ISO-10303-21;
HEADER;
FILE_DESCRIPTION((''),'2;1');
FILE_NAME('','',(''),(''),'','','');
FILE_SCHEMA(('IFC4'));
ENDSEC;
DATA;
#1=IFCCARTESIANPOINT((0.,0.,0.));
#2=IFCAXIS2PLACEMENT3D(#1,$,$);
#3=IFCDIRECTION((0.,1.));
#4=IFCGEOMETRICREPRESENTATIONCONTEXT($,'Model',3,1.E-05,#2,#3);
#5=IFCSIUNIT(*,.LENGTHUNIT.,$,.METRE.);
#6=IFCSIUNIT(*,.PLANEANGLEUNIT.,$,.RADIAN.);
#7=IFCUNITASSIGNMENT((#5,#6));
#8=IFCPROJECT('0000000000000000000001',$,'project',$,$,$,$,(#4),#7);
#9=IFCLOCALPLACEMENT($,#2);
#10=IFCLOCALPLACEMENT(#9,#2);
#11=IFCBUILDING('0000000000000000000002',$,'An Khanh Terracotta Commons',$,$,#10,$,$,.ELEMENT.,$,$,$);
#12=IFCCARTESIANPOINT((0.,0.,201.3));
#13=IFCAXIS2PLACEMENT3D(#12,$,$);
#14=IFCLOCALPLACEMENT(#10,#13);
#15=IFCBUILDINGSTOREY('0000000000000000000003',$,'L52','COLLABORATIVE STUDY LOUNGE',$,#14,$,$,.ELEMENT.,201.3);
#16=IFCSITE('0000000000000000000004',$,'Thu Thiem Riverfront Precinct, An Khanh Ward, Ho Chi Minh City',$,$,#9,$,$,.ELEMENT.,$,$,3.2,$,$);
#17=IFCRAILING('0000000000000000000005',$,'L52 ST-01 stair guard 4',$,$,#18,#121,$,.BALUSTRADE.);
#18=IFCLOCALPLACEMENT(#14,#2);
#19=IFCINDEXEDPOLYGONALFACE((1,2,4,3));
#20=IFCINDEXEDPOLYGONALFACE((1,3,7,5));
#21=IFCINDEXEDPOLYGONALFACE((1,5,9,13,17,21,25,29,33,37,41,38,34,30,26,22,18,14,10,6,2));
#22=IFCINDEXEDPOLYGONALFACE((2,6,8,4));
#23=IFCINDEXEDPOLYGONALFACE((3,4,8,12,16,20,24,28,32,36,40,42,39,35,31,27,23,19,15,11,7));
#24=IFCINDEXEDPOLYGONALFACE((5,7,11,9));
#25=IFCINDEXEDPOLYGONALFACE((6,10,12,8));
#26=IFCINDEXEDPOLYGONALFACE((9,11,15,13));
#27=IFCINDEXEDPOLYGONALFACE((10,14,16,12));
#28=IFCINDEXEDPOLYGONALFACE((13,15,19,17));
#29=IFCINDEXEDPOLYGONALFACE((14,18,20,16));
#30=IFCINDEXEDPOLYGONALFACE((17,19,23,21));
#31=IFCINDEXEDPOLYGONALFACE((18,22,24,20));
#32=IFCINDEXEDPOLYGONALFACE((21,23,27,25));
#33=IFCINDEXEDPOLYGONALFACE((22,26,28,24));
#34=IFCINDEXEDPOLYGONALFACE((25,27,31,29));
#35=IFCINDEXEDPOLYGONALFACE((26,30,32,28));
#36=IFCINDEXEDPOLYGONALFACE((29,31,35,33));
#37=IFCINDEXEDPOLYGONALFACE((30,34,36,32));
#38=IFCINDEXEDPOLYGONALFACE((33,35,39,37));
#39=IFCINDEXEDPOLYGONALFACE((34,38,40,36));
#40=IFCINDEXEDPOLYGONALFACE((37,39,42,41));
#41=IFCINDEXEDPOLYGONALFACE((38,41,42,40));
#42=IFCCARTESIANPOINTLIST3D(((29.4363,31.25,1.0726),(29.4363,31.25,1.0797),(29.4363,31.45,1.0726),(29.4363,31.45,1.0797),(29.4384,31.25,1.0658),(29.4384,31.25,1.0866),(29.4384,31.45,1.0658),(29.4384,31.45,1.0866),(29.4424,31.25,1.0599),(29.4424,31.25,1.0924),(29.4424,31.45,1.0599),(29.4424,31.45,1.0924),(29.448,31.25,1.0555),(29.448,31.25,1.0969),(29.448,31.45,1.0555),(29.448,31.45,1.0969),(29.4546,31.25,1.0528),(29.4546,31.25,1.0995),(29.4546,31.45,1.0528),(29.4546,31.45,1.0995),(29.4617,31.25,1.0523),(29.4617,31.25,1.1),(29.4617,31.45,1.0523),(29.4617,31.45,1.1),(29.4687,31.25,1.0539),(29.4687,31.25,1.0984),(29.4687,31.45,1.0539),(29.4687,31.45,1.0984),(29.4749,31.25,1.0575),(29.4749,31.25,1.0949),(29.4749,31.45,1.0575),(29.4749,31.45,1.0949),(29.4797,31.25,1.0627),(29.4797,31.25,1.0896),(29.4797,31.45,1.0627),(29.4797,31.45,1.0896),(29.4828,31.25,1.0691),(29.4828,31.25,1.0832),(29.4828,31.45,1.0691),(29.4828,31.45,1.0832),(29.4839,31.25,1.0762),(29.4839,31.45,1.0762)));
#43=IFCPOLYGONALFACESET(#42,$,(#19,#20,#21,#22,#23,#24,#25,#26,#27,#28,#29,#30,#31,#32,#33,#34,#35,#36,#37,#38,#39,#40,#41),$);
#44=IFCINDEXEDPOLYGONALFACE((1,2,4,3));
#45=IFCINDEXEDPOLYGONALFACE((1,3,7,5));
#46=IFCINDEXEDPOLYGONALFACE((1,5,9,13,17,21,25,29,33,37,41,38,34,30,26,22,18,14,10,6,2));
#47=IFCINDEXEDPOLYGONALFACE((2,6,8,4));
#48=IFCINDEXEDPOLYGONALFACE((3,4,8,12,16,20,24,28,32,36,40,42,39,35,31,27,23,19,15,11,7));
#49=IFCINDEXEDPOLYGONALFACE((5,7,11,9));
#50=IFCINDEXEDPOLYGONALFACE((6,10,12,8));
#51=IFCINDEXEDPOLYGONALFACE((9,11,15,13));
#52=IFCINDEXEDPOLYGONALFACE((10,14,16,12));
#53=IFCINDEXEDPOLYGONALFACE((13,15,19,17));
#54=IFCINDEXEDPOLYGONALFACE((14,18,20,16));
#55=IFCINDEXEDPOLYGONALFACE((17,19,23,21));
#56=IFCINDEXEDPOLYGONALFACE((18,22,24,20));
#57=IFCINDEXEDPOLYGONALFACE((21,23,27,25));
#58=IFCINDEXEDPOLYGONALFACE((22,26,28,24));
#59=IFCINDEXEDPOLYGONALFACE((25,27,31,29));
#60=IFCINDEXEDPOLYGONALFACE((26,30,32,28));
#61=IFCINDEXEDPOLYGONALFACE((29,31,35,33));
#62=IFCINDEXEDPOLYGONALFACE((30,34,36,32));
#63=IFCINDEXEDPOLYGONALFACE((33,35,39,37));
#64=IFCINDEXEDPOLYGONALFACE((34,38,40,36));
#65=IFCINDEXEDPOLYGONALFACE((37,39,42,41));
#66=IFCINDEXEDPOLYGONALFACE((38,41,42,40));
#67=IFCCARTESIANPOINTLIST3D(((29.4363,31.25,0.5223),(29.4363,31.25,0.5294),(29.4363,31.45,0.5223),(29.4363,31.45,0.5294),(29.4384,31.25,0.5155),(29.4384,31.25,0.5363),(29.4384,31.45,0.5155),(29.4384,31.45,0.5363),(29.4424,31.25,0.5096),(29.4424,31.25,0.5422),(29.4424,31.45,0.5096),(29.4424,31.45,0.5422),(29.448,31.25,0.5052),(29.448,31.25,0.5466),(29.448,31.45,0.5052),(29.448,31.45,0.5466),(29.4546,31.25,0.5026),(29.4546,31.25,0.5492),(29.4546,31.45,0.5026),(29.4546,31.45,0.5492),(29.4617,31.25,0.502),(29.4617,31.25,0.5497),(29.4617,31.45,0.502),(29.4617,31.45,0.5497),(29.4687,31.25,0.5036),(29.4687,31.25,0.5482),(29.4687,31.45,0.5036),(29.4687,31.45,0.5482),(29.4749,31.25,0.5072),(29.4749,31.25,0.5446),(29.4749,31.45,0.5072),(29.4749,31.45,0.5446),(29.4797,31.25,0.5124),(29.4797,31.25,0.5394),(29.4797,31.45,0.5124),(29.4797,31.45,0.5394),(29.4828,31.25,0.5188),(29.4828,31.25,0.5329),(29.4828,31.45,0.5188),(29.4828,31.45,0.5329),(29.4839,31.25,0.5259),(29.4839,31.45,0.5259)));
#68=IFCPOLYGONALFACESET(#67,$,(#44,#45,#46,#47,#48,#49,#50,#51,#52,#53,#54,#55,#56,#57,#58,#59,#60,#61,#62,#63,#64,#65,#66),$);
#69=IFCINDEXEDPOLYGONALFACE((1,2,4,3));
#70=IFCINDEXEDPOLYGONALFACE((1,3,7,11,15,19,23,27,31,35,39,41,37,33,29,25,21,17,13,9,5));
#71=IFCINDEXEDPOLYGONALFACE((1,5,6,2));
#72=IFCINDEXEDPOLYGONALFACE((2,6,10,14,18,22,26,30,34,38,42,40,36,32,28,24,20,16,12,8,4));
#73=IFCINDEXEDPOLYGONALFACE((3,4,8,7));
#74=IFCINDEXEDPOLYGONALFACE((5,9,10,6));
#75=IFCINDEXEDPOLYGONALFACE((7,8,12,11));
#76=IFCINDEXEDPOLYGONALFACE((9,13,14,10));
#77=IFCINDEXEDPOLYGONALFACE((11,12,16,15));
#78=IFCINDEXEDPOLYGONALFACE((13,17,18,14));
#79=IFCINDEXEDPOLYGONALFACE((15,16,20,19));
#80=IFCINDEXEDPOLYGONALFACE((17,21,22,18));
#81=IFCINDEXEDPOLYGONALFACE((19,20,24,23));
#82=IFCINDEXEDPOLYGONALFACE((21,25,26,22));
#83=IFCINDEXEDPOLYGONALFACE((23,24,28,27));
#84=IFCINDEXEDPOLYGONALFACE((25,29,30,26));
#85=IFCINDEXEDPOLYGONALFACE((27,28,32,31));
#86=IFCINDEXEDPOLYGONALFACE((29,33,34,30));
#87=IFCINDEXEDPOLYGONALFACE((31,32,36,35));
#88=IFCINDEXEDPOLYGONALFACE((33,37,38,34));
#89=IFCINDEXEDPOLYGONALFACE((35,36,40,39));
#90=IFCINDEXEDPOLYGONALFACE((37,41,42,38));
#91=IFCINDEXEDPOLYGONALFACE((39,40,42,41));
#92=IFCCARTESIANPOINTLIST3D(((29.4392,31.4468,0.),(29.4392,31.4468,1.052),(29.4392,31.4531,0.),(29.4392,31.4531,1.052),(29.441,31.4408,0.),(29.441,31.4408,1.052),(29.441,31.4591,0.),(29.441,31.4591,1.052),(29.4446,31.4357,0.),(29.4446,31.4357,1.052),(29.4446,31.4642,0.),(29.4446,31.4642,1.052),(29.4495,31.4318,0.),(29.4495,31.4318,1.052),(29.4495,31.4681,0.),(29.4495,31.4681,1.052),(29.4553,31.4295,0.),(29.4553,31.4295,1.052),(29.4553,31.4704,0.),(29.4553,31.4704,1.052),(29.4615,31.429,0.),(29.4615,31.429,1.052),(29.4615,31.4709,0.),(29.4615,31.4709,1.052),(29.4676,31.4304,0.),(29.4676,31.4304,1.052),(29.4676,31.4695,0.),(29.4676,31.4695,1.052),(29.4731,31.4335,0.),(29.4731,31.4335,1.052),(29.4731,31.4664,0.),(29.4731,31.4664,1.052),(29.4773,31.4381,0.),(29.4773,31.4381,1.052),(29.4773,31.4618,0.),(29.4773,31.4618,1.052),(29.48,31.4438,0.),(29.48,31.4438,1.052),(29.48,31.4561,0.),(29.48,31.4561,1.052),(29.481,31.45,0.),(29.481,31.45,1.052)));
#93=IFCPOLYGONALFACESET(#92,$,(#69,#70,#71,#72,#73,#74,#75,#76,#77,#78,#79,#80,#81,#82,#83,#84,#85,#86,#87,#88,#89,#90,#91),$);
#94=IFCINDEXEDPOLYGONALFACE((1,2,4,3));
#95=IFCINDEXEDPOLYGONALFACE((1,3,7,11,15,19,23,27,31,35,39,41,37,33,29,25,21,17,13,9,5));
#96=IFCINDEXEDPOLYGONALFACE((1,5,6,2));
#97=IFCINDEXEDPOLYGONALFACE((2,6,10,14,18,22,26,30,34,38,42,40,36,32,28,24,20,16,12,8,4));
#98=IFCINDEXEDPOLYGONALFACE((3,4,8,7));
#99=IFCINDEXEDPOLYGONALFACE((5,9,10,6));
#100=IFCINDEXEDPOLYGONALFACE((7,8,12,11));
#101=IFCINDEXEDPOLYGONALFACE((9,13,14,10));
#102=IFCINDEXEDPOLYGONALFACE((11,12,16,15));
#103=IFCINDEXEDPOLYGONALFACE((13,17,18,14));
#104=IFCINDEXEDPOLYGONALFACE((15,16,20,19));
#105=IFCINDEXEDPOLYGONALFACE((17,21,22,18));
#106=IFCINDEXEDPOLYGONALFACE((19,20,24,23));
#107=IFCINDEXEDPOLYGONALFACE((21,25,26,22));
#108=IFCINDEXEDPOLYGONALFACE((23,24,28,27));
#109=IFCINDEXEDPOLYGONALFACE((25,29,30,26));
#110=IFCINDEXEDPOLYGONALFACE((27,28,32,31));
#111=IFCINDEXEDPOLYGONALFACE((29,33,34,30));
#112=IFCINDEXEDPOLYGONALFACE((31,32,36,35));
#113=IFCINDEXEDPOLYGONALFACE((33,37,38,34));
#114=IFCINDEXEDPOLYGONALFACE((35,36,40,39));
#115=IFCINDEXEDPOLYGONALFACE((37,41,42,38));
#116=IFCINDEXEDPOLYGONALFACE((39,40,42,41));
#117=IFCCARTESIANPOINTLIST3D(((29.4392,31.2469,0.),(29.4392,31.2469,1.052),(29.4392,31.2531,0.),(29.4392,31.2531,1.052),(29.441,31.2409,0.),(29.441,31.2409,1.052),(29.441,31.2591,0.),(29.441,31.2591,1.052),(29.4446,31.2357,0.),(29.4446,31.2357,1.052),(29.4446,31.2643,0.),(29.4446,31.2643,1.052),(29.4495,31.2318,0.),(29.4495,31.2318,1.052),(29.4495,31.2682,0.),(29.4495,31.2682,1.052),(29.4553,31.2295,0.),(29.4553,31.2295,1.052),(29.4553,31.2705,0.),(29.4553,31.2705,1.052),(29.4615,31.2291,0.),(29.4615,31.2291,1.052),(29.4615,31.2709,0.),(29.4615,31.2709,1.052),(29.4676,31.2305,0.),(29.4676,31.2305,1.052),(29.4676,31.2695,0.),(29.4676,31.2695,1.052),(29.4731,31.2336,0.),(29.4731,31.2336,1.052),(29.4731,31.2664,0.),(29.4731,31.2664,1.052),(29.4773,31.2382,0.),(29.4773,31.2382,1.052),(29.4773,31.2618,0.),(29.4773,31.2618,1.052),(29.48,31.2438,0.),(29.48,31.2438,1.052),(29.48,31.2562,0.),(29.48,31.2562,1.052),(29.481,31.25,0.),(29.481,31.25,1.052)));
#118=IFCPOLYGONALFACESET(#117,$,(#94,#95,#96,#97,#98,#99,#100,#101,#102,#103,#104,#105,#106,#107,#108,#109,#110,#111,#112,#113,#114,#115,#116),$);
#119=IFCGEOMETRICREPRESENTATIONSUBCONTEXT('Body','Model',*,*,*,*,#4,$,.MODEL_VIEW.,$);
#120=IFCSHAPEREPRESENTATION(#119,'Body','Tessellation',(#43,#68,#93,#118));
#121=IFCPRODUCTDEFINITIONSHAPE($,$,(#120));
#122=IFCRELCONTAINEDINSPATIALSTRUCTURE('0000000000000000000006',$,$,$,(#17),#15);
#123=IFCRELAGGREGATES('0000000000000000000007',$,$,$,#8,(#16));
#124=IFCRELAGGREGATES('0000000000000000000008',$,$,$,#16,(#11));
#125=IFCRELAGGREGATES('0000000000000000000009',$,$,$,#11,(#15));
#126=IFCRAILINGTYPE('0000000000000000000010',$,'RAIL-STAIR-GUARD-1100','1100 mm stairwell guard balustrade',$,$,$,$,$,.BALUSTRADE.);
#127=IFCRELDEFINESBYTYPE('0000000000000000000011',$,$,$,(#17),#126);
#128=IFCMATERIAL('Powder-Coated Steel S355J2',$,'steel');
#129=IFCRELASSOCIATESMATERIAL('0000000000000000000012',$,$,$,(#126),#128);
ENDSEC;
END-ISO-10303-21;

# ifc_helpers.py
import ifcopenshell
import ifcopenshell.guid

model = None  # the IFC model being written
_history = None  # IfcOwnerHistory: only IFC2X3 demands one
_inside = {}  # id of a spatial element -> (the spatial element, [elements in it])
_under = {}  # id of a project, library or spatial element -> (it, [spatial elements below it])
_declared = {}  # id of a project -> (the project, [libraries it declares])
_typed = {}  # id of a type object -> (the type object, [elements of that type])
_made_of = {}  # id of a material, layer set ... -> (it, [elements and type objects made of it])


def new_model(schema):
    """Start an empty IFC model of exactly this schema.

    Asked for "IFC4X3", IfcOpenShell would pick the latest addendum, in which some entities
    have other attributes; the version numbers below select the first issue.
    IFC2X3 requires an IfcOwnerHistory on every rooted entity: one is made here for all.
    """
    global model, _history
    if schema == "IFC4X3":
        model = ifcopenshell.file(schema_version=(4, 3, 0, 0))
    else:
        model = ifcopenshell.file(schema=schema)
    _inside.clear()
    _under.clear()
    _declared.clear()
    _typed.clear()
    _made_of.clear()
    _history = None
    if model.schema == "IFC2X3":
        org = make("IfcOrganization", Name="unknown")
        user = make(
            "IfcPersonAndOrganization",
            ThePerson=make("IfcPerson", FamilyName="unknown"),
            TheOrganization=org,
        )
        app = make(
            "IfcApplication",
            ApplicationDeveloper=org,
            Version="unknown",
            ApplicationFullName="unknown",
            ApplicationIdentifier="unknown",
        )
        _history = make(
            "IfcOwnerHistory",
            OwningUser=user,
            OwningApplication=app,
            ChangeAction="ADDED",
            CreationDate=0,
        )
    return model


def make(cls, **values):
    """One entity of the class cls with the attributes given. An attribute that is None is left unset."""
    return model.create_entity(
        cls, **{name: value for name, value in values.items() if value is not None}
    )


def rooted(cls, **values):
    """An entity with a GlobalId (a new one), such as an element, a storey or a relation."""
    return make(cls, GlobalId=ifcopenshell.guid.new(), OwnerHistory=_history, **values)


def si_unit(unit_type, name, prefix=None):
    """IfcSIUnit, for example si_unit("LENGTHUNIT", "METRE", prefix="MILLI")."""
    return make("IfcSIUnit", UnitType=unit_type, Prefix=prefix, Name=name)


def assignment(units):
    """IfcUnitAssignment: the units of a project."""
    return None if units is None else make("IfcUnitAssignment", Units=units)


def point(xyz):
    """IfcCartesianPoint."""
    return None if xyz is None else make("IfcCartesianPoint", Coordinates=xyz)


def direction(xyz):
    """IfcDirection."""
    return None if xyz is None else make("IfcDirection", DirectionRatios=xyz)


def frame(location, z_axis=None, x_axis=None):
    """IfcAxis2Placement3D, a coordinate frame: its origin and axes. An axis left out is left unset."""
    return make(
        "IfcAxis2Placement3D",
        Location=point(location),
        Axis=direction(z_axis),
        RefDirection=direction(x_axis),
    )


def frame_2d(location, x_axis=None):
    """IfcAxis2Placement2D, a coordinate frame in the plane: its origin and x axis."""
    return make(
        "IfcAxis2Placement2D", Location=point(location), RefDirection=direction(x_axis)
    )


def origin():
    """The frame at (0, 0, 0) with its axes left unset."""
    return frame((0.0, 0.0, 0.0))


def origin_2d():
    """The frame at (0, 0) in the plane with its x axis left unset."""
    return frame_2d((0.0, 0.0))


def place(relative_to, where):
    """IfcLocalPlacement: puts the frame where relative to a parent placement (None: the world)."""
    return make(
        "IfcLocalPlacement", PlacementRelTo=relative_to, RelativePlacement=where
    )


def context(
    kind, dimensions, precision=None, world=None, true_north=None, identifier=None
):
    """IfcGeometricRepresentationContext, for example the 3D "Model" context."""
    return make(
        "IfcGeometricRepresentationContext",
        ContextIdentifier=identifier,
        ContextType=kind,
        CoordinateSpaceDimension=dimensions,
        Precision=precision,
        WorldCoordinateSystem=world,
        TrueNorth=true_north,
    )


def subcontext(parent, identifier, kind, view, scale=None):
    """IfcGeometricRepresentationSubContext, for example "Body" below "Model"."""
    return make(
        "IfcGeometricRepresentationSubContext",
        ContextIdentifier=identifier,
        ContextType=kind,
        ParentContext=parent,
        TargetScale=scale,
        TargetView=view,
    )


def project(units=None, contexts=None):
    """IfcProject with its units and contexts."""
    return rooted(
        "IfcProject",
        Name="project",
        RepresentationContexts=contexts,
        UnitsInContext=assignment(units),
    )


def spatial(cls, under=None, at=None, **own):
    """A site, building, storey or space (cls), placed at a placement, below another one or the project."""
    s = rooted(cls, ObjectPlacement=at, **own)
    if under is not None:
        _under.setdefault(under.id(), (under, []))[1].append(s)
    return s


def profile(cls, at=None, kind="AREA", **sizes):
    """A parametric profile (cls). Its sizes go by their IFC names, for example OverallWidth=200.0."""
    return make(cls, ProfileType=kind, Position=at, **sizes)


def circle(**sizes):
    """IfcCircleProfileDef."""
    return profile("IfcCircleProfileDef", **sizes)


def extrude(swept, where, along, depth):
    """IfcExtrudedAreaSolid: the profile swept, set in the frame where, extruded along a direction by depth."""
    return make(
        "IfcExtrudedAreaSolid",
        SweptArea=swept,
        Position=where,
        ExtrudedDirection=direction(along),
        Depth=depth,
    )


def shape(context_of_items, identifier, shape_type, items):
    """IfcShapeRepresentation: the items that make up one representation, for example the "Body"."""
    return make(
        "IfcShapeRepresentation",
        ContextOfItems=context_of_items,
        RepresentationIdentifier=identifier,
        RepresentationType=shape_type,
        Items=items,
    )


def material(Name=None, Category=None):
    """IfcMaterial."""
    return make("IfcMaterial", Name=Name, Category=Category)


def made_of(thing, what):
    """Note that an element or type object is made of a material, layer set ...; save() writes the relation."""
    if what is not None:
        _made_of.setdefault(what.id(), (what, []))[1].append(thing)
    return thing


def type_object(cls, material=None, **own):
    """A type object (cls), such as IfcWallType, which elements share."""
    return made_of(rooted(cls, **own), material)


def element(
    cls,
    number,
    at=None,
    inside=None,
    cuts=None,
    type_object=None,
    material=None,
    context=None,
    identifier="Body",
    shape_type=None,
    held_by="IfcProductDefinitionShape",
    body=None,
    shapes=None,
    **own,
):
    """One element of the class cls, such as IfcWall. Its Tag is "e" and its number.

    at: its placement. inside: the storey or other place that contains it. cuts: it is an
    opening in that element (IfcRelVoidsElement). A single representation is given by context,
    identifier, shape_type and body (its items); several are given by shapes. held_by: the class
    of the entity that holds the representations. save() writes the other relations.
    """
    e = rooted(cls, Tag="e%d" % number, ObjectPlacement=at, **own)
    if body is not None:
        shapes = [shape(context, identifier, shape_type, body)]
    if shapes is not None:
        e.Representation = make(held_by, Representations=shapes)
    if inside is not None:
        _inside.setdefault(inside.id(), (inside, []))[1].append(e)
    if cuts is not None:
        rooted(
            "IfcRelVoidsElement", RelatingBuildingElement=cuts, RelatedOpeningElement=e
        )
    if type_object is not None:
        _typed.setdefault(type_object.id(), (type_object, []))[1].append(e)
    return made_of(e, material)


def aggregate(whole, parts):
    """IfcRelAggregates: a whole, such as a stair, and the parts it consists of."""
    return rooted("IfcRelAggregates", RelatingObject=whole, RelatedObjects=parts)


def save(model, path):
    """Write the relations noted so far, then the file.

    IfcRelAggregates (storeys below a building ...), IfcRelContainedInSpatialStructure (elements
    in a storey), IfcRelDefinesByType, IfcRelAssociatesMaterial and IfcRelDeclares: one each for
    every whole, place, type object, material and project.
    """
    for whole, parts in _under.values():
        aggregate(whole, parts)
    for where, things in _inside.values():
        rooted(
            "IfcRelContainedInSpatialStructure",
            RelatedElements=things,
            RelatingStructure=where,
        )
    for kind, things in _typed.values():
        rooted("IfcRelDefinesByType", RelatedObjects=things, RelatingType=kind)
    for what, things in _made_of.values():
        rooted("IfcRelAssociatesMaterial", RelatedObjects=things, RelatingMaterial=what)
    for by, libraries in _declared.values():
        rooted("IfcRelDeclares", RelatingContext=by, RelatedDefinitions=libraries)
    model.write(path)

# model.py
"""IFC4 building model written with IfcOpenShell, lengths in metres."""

from ifc_helpers import new_model, si_unit, direction, frame, origin, origin_2d, place, context, subcontext, project, spatial, circle, extrude, material, type_object, element, save


model = new_model("IFC4")

# Units and contexts
model_context = context("Model", 3, precision=1e-05, world=origin(), true_north=direction((0.0, 1.0)))
body_context = subcontext(model_context, "Body", "Model", "MODEL_VIEW")
ifc_project = project(units=[si_unit("LENGTHUNIT", "METRE"), si_unit("PLANEANGLEUNIT", "RADIAN")], contexts=[model_context])

# Site, building, storey
site_placement = place(None, origin())
site = spatial("IfcSite", under=ifc_project, at=site_placement, Name="Thu Thiem Riverfront Precinct, An Khanh Ward, Ho Chi Minh City", CompositionType="ELEMENT", RefElevation=3.2)
building_placement = place(site_placement, origin())
building = spatial("IfcBuilding", under=site, at=building_placement, Name="An Khanh Terracotta Commons", CompositionType="ELEMENT")
storey_placement = place(building_placement, frame((0.0, 0.0, 201.3)))
storey = spatial("IfcBuildingStorey", under=building, at=storey_placement, Name="L52", Description="COLLABORATIVE STUDY LOUNGE", CompositionType="ELEMENT", Elevation=201.3)

# Railing
ifc_material_1 = material(Name="Powder-Coated Steel S355J2", Category="steel")
railing_type_1 = type_object("IfcRailingType", Name="RAIL-STAIR-GUARD-1100", Description="1100 mm stairwell guard balustrade", PredefinedType="BALUSTRADE", material=ifc_material_1)
railing_1_placement = place(storey_placement, frame((29.46, 31.45, 0.0)))
element("IfcRailing", 1, at=railing_1_placement, inside=storey, type_object=railing_type_1, Name="L52 ST-01 stair guard 4", PredefinedType="BALUSTRADE", context=body_context, shape_type="SweptSolid", body=[
    extrude(circle(Radius=0.0239, at=origin_2d()), frame((0.0, 0.0, 1.0762), z_axis=(0.0, -1.0, 0.0), x_axis=(1.0, 0.0, 0.0)), (0.0, 0.0, 1.0), 0.2),
    extrude(circle(Radius=0.0239, at=origin_2d()), frame((0.0, 0.0, 0.5259), z_axis=(0.0, -1.0, 0.0), x_axis=(1.0, 0.0, 0.0)), (0.0, 0.0, 1.0), 0.2),
    extrude(circle(Radius=0.021, at=origin_2d()), origin(), (0.0, 0.0, 1.0), 1.052),
    extrude(circle(Radius=0.021, at=origin_2d()), frame((0.0, -0.2, 0.0)), (0.0, 0.0, 1.0), 1.052),
])

save(model, "model.ifc")
